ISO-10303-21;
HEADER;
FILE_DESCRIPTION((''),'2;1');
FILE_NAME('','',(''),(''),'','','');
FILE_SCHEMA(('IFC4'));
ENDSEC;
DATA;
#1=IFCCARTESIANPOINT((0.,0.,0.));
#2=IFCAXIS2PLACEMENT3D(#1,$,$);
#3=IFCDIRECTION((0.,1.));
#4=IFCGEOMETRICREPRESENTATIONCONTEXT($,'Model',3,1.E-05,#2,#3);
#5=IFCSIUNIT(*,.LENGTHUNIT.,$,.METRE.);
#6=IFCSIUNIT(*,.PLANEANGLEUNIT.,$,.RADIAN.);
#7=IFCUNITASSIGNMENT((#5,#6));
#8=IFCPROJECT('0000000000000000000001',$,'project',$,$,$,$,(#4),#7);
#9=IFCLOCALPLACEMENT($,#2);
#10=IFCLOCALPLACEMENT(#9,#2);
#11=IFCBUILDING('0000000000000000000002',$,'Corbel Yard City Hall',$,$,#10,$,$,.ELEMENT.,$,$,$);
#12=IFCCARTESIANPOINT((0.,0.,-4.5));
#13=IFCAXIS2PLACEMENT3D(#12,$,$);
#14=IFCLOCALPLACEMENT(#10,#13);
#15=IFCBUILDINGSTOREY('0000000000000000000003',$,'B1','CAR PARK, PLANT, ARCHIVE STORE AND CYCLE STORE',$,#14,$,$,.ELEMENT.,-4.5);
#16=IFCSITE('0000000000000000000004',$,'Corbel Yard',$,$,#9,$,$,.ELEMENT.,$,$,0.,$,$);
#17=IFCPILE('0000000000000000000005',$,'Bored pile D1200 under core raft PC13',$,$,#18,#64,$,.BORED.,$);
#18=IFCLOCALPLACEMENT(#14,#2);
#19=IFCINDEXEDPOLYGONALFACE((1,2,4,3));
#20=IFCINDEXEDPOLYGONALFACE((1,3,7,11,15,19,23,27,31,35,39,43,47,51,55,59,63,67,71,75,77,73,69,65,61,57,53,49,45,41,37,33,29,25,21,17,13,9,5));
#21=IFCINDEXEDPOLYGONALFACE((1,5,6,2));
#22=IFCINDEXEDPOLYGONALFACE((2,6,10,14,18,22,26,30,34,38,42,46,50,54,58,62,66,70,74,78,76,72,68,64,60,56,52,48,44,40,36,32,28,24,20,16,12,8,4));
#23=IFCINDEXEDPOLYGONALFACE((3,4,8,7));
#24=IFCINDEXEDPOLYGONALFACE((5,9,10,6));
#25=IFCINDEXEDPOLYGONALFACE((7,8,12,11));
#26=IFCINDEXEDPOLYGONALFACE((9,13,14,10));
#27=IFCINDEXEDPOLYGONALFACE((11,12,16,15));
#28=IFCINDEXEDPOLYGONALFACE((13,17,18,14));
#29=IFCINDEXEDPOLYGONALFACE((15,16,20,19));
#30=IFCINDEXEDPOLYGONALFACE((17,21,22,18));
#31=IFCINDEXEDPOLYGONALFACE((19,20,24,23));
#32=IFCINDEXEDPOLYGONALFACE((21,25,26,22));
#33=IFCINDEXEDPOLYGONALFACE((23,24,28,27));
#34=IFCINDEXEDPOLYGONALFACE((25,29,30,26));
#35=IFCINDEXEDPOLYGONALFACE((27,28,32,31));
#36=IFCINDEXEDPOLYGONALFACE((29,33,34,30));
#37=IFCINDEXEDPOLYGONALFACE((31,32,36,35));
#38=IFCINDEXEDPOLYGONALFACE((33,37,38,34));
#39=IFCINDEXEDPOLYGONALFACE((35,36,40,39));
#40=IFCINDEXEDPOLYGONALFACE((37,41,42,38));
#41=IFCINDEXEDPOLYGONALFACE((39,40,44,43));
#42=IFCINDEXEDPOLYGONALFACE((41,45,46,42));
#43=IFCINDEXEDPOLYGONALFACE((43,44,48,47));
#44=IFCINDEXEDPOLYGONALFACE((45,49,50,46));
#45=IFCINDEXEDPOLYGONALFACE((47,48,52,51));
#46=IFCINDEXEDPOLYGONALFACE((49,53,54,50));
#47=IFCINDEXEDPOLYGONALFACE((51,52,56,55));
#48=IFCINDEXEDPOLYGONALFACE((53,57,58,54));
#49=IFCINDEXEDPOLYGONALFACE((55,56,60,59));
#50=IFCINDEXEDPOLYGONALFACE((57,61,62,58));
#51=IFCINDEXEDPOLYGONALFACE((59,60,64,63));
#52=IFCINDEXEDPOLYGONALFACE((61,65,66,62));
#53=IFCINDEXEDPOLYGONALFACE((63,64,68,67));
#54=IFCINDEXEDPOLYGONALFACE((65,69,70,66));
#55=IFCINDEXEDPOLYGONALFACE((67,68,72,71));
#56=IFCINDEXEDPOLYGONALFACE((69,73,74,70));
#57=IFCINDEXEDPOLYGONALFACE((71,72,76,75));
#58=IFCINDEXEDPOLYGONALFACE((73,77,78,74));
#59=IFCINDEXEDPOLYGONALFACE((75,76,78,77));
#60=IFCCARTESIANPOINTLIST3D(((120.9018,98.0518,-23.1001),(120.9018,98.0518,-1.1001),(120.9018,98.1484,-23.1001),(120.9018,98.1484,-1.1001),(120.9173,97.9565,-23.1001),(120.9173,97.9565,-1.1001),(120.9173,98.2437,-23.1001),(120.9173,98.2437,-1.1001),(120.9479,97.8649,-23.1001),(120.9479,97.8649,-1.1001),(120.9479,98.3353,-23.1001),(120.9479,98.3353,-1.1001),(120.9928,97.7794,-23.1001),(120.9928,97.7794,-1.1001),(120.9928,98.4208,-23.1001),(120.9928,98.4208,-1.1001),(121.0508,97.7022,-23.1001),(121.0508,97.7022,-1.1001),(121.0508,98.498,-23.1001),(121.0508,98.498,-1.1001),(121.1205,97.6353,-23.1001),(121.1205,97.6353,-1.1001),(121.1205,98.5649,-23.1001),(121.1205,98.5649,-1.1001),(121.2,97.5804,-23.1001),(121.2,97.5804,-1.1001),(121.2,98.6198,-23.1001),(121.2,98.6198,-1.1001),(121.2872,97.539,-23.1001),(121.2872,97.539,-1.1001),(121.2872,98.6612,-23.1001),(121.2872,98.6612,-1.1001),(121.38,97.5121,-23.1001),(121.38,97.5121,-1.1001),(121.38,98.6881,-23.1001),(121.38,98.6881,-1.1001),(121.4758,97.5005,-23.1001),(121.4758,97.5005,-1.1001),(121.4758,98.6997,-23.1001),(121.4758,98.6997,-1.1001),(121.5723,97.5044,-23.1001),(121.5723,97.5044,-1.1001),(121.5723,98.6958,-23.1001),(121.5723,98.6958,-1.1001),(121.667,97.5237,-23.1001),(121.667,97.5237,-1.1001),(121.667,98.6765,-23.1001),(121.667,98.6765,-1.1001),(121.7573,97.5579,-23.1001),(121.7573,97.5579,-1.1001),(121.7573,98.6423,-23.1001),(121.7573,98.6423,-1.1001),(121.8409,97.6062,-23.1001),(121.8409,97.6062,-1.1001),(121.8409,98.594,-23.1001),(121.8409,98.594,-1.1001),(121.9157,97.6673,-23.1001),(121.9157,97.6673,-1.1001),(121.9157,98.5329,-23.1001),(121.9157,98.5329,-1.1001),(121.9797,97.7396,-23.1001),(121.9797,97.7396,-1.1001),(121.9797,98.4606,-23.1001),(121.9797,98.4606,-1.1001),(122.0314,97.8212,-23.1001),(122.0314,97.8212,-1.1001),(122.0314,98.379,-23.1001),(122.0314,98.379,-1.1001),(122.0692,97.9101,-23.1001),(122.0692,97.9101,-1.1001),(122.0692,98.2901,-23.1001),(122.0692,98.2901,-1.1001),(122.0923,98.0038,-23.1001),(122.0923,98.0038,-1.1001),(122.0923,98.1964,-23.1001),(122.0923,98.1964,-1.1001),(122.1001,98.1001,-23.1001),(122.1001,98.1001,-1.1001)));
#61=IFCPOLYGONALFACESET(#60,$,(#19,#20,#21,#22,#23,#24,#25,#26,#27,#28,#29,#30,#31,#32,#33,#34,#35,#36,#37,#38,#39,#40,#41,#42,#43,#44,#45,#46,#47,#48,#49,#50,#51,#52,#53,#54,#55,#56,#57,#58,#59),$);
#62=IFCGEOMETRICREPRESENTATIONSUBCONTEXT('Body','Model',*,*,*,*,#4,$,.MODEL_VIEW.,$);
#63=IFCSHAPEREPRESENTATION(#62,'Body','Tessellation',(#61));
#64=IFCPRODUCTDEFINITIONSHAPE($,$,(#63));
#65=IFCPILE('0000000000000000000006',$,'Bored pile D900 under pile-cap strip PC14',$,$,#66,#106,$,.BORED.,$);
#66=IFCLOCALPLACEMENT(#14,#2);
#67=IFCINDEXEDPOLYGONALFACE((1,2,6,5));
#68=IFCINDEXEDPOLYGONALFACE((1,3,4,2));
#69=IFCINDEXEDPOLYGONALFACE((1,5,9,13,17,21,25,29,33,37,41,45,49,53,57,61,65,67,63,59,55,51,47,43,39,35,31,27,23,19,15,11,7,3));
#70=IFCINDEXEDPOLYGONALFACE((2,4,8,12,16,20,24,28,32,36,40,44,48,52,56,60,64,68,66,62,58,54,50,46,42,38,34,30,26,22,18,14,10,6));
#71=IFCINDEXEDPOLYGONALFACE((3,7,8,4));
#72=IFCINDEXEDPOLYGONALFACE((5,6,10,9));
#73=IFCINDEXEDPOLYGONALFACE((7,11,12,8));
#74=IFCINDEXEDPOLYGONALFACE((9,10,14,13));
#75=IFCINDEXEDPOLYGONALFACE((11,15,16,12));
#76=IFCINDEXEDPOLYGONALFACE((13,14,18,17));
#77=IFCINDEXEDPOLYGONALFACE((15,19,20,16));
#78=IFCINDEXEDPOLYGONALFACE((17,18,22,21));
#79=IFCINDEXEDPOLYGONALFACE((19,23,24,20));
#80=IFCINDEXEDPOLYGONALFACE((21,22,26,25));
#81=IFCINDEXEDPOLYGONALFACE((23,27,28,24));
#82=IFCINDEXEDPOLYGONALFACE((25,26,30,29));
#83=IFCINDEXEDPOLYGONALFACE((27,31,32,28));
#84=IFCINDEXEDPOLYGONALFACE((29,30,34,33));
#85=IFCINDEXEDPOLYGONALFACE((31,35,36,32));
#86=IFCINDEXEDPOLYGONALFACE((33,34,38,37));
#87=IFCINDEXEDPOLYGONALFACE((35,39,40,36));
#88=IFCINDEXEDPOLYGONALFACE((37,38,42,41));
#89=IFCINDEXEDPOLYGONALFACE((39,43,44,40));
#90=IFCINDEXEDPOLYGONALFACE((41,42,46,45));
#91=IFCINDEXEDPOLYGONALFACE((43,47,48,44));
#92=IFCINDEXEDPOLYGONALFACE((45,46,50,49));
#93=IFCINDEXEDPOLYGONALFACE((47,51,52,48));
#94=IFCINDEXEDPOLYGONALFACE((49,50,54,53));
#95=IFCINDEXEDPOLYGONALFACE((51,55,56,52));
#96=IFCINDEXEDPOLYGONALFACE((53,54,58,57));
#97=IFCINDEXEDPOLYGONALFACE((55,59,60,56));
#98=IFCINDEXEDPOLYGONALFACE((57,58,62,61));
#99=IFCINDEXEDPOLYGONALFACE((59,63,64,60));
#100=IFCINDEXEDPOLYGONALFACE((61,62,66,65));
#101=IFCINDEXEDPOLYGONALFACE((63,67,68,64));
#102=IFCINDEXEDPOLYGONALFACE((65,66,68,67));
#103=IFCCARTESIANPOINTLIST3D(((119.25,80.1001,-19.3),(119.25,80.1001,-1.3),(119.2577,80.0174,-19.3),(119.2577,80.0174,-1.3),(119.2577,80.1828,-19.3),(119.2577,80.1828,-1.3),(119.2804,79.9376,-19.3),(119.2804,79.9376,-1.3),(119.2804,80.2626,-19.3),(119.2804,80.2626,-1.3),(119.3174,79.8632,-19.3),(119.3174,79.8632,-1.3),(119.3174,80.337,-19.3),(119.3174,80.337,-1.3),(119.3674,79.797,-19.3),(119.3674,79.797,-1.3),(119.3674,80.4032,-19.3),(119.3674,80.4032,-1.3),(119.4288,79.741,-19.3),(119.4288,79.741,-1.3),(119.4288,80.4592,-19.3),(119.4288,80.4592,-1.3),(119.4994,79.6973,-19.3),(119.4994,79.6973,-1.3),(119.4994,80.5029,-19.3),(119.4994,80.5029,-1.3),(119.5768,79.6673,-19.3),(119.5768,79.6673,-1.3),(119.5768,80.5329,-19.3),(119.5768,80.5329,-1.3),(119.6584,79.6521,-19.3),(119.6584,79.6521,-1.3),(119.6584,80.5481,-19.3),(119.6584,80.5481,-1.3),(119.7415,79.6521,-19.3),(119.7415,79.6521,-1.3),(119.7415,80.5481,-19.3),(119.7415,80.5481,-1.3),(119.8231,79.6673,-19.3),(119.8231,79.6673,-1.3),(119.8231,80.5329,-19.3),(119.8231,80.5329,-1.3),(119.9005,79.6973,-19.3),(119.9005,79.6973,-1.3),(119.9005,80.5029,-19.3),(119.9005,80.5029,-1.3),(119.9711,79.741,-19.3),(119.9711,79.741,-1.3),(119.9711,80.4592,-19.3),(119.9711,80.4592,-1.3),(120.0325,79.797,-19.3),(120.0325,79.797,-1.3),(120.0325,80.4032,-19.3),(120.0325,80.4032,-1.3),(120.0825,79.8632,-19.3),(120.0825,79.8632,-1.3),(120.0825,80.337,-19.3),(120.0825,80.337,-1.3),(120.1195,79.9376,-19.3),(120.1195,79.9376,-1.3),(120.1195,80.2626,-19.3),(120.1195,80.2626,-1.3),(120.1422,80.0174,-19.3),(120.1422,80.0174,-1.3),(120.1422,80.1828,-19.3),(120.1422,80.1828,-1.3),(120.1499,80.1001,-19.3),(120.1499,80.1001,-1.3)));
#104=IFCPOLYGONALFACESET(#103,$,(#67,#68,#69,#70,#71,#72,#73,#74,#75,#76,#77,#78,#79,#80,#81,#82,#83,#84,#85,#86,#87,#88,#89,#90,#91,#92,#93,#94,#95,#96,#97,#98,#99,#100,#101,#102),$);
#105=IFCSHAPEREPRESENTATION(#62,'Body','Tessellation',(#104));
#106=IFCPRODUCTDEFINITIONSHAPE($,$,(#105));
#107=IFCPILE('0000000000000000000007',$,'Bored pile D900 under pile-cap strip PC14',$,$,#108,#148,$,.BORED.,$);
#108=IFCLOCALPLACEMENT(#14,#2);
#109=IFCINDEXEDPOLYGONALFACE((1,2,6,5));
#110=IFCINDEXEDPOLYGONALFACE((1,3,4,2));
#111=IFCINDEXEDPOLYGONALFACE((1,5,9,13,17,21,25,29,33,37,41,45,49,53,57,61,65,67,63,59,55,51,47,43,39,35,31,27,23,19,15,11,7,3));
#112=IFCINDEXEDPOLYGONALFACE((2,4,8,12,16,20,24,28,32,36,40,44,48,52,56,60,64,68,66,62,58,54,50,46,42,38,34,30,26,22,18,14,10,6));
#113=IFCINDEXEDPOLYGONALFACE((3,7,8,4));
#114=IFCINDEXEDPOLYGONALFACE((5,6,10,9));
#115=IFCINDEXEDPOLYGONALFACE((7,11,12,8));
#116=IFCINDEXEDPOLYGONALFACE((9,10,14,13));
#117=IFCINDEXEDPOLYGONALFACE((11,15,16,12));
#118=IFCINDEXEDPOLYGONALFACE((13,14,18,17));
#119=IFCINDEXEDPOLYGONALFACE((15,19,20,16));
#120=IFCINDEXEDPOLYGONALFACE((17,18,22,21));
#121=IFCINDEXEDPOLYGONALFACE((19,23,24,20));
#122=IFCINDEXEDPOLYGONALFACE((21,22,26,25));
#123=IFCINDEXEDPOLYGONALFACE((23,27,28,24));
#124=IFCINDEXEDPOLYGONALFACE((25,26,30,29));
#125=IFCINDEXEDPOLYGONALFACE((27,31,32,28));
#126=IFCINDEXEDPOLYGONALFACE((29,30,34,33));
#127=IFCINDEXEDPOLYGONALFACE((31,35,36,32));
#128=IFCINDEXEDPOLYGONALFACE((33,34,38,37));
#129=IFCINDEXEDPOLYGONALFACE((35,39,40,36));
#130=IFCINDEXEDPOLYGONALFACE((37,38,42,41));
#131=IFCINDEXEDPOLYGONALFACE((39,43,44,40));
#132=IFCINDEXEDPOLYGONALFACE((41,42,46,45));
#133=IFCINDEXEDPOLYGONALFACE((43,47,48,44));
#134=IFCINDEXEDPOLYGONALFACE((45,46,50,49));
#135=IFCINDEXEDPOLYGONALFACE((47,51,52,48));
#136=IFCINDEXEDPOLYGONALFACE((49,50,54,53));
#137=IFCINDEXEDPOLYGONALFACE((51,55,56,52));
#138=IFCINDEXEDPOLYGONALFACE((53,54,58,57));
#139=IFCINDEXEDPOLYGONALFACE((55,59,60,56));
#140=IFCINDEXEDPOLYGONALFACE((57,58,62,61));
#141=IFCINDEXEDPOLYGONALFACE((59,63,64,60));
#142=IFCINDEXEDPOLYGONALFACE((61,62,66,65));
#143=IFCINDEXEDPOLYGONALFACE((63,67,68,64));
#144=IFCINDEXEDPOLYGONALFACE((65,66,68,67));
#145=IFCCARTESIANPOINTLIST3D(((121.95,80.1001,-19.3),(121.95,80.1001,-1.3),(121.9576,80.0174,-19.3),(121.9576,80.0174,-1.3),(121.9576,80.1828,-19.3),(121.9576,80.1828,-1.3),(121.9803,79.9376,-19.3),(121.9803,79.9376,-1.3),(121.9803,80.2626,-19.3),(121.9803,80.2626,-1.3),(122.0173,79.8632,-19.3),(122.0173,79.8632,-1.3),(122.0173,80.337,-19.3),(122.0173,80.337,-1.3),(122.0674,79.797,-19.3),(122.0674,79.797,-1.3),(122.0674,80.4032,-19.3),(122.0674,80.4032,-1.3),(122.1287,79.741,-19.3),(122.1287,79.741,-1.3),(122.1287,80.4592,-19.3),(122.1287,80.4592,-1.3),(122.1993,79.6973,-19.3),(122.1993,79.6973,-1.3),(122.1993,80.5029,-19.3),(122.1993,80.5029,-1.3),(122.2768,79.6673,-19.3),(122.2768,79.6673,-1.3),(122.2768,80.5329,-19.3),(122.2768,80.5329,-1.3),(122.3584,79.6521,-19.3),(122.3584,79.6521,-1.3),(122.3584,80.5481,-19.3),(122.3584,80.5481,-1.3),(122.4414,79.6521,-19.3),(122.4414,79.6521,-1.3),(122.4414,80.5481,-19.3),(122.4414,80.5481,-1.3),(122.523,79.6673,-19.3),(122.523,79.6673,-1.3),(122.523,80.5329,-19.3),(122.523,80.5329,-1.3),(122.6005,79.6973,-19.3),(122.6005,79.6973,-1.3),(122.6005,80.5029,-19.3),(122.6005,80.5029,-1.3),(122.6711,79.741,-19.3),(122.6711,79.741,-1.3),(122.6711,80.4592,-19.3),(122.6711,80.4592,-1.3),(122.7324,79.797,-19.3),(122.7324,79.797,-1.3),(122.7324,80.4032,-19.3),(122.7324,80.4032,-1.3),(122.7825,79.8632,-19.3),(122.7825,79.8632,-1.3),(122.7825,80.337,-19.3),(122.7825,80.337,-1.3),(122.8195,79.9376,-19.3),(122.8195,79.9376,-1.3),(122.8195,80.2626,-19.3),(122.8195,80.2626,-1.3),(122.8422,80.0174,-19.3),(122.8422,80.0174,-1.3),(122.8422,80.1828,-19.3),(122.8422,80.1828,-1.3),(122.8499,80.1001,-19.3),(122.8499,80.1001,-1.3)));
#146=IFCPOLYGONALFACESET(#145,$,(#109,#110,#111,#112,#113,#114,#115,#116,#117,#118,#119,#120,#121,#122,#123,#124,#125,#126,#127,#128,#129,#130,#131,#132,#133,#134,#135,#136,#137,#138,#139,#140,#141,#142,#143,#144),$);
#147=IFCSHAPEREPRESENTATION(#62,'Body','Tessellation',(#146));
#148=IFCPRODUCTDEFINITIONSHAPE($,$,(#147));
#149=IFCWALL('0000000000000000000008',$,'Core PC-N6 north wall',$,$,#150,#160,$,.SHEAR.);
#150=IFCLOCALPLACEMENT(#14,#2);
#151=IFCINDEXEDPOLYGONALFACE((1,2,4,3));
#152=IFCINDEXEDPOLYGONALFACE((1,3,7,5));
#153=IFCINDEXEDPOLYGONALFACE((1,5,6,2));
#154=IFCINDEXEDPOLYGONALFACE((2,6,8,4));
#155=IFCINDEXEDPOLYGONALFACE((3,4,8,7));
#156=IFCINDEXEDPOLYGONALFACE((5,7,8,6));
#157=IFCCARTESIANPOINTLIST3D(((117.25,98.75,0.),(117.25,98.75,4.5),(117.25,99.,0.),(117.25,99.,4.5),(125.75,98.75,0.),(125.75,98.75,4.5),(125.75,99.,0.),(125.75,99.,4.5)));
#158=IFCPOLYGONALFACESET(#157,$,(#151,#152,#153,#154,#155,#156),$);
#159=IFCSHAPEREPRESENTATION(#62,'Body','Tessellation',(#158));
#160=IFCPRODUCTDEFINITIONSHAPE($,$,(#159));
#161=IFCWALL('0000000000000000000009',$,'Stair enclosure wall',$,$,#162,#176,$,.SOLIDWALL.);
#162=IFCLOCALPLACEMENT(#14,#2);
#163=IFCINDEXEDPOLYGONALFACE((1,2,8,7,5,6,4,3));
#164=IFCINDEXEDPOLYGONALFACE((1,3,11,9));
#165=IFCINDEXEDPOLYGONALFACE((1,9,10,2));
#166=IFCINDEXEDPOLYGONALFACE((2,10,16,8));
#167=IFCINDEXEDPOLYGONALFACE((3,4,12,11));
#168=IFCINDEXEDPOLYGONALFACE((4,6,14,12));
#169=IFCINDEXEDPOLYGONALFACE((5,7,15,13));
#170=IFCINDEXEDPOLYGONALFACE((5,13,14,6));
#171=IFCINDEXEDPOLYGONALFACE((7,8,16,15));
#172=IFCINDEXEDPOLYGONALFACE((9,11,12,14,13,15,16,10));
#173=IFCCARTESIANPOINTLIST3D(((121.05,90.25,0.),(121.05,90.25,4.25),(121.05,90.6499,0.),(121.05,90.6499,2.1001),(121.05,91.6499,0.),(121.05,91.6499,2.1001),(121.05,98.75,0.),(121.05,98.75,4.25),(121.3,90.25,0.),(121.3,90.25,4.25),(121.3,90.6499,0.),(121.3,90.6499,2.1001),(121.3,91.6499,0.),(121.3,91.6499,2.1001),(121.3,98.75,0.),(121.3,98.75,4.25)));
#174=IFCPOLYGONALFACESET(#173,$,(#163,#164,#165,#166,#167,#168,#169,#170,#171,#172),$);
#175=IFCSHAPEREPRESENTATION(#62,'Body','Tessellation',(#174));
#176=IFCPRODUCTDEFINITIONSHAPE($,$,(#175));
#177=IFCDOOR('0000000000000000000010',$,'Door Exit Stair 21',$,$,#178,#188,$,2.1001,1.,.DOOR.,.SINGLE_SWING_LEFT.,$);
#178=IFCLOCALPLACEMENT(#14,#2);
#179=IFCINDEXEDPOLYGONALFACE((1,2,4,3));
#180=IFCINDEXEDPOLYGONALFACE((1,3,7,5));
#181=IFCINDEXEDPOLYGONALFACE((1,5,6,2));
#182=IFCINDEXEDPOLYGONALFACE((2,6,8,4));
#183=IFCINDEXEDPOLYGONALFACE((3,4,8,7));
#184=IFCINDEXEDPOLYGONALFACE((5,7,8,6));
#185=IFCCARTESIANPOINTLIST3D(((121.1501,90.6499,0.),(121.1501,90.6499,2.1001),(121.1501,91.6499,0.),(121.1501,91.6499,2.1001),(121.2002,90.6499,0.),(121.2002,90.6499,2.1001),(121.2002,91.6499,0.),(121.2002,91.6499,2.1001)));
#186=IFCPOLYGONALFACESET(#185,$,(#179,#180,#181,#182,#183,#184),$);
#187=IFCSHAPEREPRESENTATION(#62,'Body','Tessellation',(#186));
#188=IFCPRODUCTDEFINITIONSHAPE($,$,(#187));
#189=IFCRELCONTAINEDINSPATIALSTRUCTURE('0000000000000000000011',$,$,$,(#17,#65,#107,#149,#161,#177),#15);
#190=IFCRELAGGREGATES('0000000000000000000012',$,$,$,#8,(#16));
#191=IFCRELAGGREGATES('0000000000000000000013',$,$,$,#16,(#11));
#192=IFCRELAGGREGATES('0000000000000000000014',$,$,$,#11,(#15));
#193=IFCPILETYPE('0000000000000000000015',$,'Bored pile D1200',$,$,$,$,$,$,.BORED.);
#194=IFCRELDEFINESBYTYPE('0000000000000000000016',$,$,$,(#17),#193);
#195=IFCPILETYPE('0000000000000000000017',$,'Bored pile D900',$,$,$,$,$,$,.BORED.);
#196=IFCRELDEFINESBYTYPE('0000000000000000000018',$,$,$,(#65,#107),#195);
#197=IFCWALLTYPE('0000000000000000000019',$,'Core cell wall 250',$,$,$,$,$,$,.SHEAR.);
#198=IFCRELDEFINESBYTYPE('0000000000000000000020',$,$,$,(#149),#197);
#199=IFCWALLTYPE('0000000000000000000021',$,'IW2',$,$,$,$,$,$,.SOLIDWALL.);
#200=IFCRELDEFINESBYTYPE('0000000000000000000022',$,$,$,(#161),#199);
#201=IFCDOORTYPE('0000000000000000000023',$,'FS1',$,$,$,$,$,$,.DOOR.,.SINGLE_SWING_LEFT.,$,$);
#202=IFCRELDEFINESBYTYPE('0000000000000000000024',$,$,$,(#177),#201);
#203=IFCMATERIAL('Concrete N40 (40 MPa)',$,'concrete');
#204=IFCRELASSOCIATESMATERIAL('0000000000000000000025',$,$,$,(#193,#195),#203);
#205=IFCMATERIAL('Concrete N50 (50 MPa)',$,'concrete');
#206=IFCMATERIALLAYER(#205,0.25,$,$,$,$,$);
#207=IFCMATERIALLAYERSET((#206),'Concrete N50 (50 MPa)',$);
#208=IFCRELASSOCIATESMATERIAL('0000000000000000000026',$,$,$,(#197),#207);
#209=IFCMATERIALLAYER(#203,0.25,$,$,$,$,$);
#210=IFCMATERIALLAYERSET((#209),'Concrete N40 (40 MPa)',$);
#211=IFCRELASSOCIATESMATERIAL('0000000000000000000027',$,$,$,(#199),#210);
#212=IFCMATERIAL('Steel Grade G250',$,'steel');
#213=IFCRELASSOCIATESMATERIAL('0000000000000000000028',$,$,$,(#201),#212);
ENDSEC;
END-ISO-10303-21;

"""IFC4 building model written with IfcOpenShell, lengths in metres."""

from ifc_helpers import new_model, si_unit, direction, frame, frame_2d, origin, origin_2d, place, context, subcontext, project, spatial, rectangle, circle, extrude, material, layer, layer_set, material_profile, profile_set, type_object, element, fill, save


model = new_model("IFC4")

# Units and contexts
model_context = context("Model", 3, precision=1e-05, world=origin(), true_north=direction((0.0, 1.0)))
body_context = subcontext(model_context, "Body", "Model", "MODEL_VIEW")
ifc_project = project(units=[si_unit("LENGTHUNIT", "METRE"), si_unit("PLANEANGLEUNIT", "RADIAN")], contexts=[model_context])

# Site, building, storey
site_placement = place(None, origin())
site = spatial("IfcSite", under=ifc_project, at=site_placement, Name="Corbel Yard", CompositionType="ELEMENT", RefElevation=0.0)
building_placement = place(site_placement, origin())
building = spatial("IfcBuilding", under=site, at=building_placement, Name="Corbel Yard City Hall", CompositionType="ELEMENT")
storey_placement = place(building_placement, frame((0.0, 0.0, -4.5)))
storey = spatial("IfcBuildingStorey", under=building, at=storey_placement, Name="B1", Description="CAR PARK, PLANT, ARCHIVE STORE AND CYCLE STORE", CompositionType="ELEMENT", Elevation=-4.5)

# Piles
ifc_material_1 = material(Name="Concrete N40 (40 MPa)", Category="concrete")
ifc_material_profile_1 = material_profile(ifc_material_1, circle(Radius=0.6001, at=origin_2d()), Name="D1200")
ifc_profile_set_1 = profile_set([ifc_material_profile_1], Name="Concrete N40 (40 MPa)")
pile_type_1 = type_object("IfcPileType", Name="Bored pile D1200", PredefinedType="BORED", material=ifc_profile_set_1)
for number, where, z_axis, x_axis, name in (
    (1, (121.5, 98.1001, -1.1001), (0.0, 0.0, -1.0), (1.0, 0.0, 0.0), "Bored pile D1200 under core raft PC13"),
):
    element("IfcPile", number, at=place(storey_placement, frame(where, z_axis=z_axis, x_axis=x_axis)), inside=storey, type_object=pile_type_1, Name=name, PredefinedType="BORED", context=body_context, shape_type="SweptSolid", body=[
        extrude(circle(Radius=0.6001, at=origin_2d()), origin(), (0.0, 0.0, 1.0), 22.0),
    ])
ifc_material_profile_2 = material_profile(ifc_material_1, circle(Radius=0.45, at=origin_2d()), Name="D900")
ifc_profile_set_2 = profile_set([ifc_material_profile_2], Name="Concrete N40 (40 MPa)")
pile_type_2 = type_object("IfcPileType", Name="Bored pile D900", PredefinedType="BORED", material=ifc_profile_set_2)
for number, where, z_axis, x_axis, name in (
    (2, (119.7, 80.1001, -1.3), (0.0, 0.0, -1.0), (1.0, 0.0, 0.0), "Bored pile D900 under pile-cap strip PC14"),
    (3, (122.3999, 80.1001, -1.3), (0.0, 0.0, -1.0), (1.0, 0.0, 0.0), "Bored pile D900 under pile-cap strip PC14"),
):
    element("IfcPile", number, at=place(storey_placement, frame(where, z_axis=z_axis, x_axis=x_axis)), inside=storey, type_object=pile_type_2, Name=name, PredefinedType="BORED", context=body_context, shape_type="SweptSolid", body=[
        extrude(circle(Radius=0.45, at=origin_2d()), origin(), (0.0, 0.0, 1.0), 18.0),
    ])

# Wall
ifc_material_2 = material(Name="Concrete N50 (50 MPa)", Category="concrete")
ifc_layer_1 = layer(ifc_material_2, 0.25)
ifc_layer_set_1 = layer_set([ifc_layer_1], Name="Concrete N50 (50 MPa)")
wall_type_1 = type_object("IfcWallType", Name="Core cell wall 250", PredefinedType="SHEAR", material=ifc_layer_set_1)
wall_1_placement = place(storey_placement, frame((117.25, 98.875, 0.0), z_axis=(0.0, 0.0, 1.0), x_axis=(1.0, 0.0, 0.0)))
element("IfcWall", 4, at=wall_1_placement, inside=storey, type_object=wall_type_1, Name="Core PC-N6 north wall", PredefinedType="SHEAR", context=body_context, shape_type="SweptSolid", body=[
    extrude(rectangle(XDim=8.5, YDim=0.25, at=frame_2d((4.25, 0.0))), origin(), (0.0, 0.0, 1.0), 4.5),
])

# Wall, opening, door
ifc_layer_2 = layer(ifc_material_1, 0.25)
ifc_layer_set_2 = layer_set([ifc_layer_2], Name="Concrete N40 (40 MPa)")
wall_type_2 = type_object("IfcWallType", Name="IW2", PredefinedType="SOLIDWALL", material=ifc_layer_set_2)
wall_2_placement = place(storey_placement, frame((121.175, 90.25, 0.0), z_axis=(0.0, 0.0, 1.0), x_axis=(0.0, 1.0, 0.0)))
wall_2 = element("IfcWall", 5, at=wall_2_placement, inside=storey, type_object=wall_type_2, Name="Stair enclosure wall", PredefinedType="SOLIDWALL", context=body_context, shape_type="SweptSolid", body=[
    extrude(rectangle(XDim=8.5, YDim=0.25, at=frame_2d((4.25, 0.0))), origin(), (0.0, 0.0, 1.0), 4.25),
])
opening_1_placement = place(wall_2_placement, frame((0.3999, 0.0, 0.0)))
opening_1 = element("IfcOpeningElement", 6, at=opening_1_placement, cuts=wall_2, PredefinedType="OPENING", context=body_context, shape_type="SweptSolid", body=[
    extrude(rectangle(XDim=1.0, YDim=2.1001, at=frame_2d((0.5, 1.05))), frame((0.0, 0.135, 0.0), z_axis=(0.0, -1.0, 0.0), x_axis=(1.0, 0.0, 0.0)), (0.0, 0.0, 1.0), 0.27),
])
ifc_material_3 = material(Name="Steel Grade G250", Category="steel")
door_type_1 = type_object("IfcDoorType", Name="FS1", OperationType="SINGLE_SWING_LEFT", PredefinedType="DOOR", material=ifc_material_3)
door_1_placement = place(opening_1_placement, origin())
door_1 = element("IfcDoor", 7, at=door_1_placement, inside=storey, type_object=door_type_1, Name="Door Exit Stair 21", OperationType="SINGLE_SWING_LEFT", OverallHeight=2.1001, OverallWidth=1.0, PredefinedType="DOOR", context=body_context, shape_type="SweptSolid", body=[
    extrude(rectangle(XDim=1.0, YDim=2.1001, at=frame_2d((0.5, 1.05))), frame((0.0, 0.0249, 0.0), z_axis=(0.0, -1.0, 0.0), x_axis=(1.0, 0.0, 0.0)), (0.0, 0.0, 1.0), 0.05),
])
fill(opening_1, door_1)

save(model, "model.ifc")
